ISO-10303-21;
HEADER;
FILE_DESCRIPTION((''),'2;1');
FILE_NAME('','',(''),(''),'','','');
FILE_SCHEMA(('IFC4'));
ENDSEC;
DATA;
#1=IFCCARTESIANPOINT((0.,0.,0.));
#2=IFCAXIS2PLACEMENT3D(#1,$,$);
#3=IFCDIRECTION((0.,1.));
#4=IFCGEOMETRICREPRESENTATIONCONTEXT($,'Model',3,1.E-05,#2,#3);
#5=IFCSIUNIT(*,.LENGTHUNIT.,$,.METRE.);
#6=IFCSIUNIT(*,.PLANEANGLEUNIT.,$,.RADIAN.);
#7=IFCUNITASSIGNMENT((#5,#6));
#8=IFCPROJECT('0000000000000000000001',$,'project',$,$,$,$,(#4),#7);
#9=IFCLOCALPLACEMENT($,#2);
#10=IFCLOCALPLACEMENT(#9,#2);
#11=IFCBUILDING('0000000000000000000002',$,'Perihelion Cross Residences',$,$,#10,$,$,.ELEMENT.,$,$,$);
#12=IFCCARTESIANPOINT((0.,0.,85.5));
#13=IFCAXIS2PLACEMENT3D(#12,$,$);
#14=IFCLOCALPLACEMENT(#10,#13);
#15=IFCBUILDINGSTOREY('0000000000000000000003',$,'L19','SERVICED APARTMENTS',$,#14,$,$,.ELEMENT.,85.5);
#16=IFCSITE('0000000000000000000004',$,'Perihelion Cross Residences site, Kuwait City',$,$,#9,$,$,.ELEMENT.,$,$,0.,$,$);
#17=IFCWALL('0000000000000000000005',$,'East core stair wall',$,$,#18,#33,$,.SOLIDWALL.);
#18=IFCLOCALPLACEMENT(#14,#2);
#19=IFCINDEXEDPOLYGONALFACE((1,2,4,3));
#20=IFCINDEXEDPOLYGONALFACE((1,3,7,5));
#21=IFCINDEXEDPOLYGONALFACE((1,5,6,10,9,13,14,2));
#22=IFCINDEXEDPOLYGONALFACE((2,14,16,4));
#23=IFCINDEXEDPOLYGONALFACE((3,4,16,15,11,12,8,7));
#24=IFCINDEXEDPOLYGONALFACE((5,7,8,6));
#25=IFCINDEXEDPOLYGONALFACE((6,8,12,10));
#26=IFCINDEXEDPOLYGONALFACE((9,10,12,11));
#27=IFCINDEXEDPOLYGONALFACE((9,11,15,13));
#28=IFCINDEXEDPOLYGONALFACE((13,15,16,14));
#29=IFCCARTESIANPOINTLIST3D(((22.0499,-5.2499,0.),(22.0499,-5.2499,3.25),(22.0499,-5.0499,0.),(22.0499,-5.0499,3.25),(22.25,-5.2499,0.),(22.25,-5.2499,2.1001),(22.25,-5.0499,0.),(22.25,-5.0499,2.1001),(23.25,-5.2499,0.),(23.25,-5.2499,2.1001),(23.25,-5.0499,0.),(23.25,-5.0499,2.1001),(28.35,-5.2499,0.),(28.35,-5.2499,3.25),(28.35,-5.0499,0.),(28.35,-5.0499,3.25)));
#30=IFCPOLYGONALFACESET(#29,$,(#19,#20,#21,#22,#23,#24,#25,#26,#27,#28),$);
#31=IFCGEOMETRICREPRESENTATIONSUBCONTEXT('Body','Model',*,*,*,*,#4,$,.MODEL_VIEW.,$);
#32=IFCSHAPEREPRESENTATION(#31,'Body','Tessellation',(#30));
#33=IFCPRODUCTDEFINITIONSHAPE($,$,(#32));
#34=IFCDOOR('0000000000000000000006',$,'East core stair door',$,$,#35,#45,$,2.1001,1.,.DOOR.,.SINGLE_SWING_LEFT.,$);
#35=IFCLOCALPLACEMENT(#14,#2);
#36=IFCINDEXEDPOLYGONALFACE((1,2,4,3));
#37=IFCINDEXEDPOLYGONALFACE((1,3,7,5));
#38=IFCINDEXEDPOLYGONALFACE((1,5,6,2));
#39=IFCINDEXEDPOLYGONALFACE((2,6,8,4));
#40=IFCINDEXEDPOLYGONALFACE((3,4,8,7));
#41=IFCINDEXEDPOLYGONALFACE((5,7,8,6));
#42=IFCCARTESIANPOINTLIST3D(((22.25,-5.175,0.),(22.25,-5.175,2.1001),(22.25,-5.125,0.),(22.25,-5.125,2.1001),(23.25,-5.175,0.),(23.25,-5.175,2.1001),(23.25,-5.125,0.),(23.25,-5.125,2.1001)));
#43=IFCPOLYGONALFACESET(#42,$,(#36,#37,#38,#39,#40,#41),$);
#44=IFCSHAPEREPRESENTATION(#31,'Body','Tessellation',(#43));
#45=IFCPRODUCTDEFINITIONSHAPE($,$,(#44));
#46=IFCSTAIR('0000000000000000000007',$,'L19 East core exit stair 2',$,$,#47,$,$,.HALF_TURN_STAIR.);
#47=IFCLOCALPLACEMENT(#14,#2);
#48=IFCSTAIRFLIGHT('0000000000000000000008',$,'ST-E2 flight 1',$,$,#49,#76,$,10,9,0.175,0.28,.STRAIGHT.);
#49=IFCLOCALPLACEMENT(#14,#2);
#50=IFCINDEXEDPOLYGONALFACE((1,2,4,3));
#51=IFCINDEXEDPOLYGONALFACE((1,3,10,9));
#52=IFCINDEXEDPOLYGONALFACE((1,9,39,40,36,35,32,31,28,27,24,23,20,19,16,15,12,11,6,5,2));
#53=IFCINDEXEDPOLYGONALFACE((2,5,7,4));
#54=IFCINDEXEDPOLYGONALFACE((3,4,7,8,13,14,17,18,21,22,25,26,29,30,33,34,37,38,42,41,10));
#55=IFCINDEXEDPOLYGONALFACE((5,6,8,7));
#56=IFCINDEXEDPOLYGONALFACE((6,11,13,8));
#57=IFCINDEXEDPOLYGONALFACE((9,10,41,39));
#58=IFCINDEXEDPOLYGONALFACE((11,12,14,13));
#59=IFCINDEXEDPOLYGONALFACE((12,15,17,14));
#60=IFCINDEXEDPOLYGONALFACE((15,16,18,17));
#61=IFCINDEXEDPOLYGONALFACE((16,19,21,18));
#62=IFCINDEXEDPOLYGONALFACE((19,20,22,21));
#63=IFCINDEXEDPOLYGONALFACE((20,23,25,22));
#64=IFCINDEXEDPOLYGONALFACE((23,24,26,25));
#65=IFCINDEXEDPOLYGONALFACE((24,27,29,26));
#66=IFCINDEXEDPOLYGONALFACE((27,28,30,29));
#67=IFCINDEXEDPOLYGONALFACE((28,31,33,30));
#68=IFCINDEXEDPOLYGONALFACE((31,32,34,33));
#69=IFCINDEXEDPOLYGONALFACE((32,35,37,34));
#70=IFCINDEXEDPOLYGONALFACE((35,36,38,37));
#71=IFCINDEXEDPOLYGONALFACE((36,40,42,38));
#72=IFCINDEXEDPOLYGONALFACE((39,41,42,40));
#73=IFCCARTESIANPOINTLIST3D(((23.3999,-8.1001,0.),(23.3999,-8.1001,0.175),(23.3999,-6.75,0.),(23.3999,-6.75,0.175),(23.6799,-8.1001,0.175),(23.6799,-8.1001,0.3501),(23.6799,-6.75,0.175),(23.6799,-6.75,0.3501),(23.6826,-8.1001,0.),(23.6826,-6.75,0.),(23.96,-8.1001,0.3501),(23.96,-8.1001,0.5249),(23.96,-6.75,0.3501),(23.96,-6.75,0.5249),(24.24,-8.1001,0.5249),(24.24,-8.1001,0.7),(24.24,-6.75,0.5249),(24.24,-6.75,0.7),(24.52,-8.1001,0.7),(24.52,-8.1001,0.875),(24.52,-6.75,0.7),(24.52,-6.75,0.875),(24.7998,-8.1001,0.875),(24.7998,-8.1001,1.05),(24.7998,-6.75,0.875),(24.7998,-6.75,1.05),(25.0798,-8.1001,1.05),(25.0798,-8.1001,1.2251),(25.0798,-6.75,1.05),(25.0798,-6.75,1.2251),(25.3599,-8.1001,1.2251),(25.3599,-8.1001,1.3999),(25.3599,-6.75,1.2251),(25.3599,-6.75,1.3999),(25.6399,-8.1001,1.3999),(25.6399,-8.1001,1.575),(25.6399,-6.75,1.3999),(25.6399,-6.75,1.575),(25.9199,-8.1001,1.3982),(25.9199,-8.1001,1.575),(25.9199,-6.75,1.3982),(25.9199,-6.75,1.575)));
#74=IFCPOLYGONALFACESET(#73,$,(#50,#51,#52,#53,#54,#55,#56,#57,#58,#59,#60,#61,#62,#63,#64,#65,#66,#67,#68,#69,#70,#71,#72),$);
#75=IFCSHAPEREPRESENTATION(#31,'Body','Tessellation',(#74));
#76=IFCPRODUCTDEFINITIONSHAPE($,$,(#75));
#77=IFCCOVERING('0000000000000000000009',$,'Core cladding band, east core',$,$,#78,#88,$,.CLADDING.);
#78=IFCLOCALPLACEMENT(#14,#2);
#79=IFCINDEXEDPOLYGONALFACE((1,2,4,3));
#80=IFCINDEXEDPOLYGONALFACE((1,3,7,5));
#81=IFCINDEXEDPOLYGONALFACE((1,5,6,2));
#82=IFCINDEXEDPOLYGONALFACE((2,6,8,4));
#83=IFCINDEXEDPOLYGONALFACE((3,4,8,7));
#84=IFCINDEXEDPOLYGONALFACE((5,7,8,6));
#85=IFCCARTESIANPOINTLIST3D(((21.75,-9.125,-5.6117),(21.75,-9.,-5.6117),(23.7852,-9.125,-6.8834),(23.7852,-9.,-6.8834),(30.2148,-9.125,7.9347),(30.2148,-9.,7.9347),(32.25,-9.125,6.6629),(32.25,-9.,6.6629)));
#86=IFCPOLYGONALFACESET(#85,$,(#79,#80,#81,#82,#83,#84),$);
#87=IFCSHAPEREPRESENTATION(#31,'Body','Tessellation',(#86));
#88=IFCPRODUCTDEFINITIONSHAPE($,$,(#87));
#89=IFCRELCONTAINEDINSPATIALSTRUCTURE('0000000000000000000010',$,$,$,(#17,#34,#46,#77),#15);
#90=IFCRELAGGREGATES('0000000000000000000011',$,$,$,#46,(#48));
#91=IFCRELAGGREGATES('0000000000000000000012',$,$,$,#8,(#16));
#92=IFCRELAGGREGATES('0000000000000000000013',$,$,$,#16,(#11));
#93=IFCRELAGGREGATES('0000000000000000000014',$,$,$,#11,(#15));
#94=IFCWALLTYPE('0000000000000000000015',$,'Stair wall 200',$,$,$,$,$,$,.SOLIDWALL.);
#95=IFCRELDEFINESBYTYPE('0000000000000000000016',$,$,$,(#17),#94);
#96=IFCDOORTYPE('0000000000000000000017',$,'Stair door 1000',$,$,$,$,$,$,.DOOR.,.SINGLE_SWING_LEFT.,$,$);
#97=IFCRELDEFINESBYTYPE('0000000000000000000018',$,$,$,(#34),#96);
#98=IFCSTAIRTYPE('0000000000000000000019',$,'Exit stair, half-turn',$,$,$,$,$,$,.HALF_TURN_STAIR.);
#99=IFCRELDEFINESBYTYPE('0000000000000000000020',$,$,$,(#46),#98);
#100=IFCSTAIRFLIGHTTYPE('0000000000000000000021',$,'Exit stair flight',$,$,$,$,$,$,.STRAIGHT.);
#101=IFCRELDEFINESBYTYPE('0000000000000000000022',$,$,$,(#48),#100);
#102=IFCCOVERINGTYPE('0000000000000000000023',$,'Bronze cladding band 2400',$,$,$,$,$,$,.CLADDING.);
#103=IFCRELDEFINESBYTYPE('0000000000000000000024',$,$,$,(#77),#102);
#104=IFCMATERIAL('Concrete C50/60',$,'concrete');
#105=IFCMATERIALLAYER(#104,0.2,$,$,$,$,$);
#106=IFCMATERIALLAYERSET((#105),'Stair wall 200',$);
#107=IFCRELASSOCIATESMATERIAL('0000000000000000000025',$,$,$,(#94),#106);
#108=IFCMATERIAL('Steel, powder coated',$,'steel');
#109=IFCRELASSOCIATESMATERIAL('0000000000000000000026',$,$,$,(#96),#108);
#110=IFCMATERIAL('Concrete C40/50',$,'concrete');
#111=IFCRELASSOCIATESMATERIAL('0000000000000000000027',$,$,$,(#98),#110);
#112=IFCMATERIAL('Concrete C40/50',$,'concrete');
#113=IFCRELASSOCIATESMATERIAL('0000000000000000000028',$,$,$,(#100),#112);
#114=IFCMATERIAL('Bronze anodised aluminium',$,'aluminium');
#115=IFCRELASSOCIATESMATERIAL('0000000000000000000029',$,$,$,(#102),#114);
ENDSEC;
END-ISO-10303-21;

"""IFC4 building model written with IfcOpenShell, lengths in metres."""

from ifc_helpers import new_model, si_unit, direction, frame, frame_2d, origin, origin_2d, place, context, subcontext, project, spatial, polyline, rectangle, outline, extrude, material, layer, layer_set, material_profile, profile_set, type_object, element, fill, aggregate, save


model = new_model("IFC4")

# Units and contexts
model_context = context("Model", 3, precision=1e-05, world=origin(), true_north=direction((0.0, 1.0)))
body_context = subcontext(model_context, "Body", "Model", "MODEL_VIEW")
ifc_project = project(units=[si_unit("LENGTHUNIT", "METRE"), si_unit("PLANEANGLEUNIT", "RADIAN")], contexts=[model_context])

# Site, building, storey
site_placement = place(None, origin())
site = spatial("IfcSite", under=ifc_project, at=site_placement, Name="Perihelion Cross Residences site, Kuwait City", CompositionType="ELEMENT", RefElevation=0.0)
building_placement = place(site_placement, origin())
building = spatial("IfcBuilding", under=site, at=building_placement, Name="Perihelion Cross Residences", CompositionType="ELEMENT")
storey_placement = place(building_placement, frame((0.0, 0.0, 85.5)))
storey = spatial("IfcBuildingStorey", under=building, at=storey_placement, Name="L19", Description="SERVICED APARTMENTS", CompositionType="ELEMENT", Elevation=85.5)

# Wall, opening, door
ifc_material_1 = material(Name="Concrete C50/60", Category="concrete")
ifc_layer_1 = layer(ifc_material_1, 0.2)
ifc_layer_set_1 = layer_set([ifc_layer_1], Name="Stair wall 200")
wall_type_1 = type_object("IfcWallType", Name="Stair wall 200", PredefinedType="SOLIDWALL", material=ifc_layer_set_1)
wall_1_placement = place(storey_placement, frame((22.05, -5.1499, 0.0), z_axis=(0.0, 0.0, 1.0), x_axis=(1.0, 0.0, 0.0)))
wall_1 = element("IfcWall", 1, at=wall_1_placement, inside=storey, type_object=wall_type_1, Name="East core stair wall", PredefinedType="SOLIDWALL", context=body_context, shape_type="SweptSolid", body=[
    extrude(rectangle(XDim=6.3, YDim=0.2, at=frame_2d((3.1499, 0.0))), origin(), (0.0, 0.0, 1.0), 3.25),
])
opening_1_placement = place(wall_1_placement, frame((0.2, 0.0, 0.0)))
opening_1 = element("IfcOpeningElement", 2, at=opening_1_placement, cuts=wall_1, PredefinedType="OPENING", context=body_context, shape_type="SweptSolid", body=[
    extrude(rectangle(XDim=1.0, YDim=2.1001, at=frame_2d((0.5, 1.05))), frame((0.0, 0.1099, 0.0), z_axis=(0.0, -1.0, 0.0), x_axis=(1.0, 0.0, 0.0)), (0.0, 0.0, 1.0), 0.22),
])
ifc_material_2 = material(Name="Steel, powder coated", Category="steel")
door_type_1 = type_object("IfcDoorType", Name="Stair door 1000", OperationType="SINGLE_SWING_LEFT", PredefinedType="DOOR", material=ifc_material_2)
door_1_placement = place(opening_1_placement, origin())
door_1 = element("IfcDoor", 3, at=door_1_placement, inside=storey, type_object=door_type_1, Name="East core stair door", OperationType="SINGLE_SWING_LEFT", OverallHeight=2.1001, OverallWidth=1.0, PredefinedType="DOOR", context=body_context, shape_type="SweptSolid", body=[
    extrude(rectangle(XDim=1.0, YDim=2.1001, at=frame_2d((0.5, 1.05))), frame((0.0, 0.0249, 0.0), z_axis=(0.0, -1.0, 0.0), x_axis=(1.0, 0.0, 0.0)), (0.0, 0.0, 1.0), 0.05),
])
fill(opening_1, door_1)

# Stair, stair flight
ifc_material_3 = material(Name="Concrete C40/50", Category="concrete")
stair_type = type_object("IfcStairType", Name="Exit stair, half-turn", PredefinedType="HALF_TURN_STAIR", material=ifc_material_3)
stair_placement = place(storey_placement, origin())
stair = element("IfcStair", 4, at=stair_placement, inside=storey, type_object=stair_type, Name="L19 East core exit stair 2", PredefinedType="HALF_TURN_STAIR")
ifc_material_4 = material(Name="Concrete C40/50", Category="concrete")
stair_flight_type = type_object("IfcStairFlightType", Name="Exit stair flight", PredefinedType="STRAIGHT", material=ifc_material_4)
stair_flight_placement = place(storey_placement, frame((23.3999, -7.425, 0.0), z_axis=(0.0, 0.0, 1.0), x_axis=(1.0, 0.0, 0.0)))
stair_flight = element("IfcStairFlight", 5, at=stair_flight_placement, type_object=stair_flight_type, Name="ST-E2 flight 1", NumberOfRisers=10, NumberOfTreads=9, PredefinedType="STRAIGHT", RiserHeight=0.175, TreadLength=0.28, context=body_context, shape_type="SweptSolid", body=[
    extrude(outline(polyline([(0.0, 0.0), (0.0, 0.175), (0.28, 0.175), (0.28, 0.3501), (0.5601, 0.3501), (0.5601, 0.5249), (0.8401, 0.5249), (0.8401, 0.7), (1.1201, 0.7), (1.1201, 0.875), (1.3999, 0.875), (1.3999, 1.05), (1.6799, 1.05), (1.6799, 1.2251), (1.96, 1.2251), (1.96, 1.3999), (2.24, 1.3999), (2.24, 1.575), (2.52, 1.575), (2.52, 1.75), (2.52, 1.3982), (0.2827, 0.0), (0.0, 0.0)])), frame((0.0, 0.675, 0.0), z_axis=(0.0, -1.0, 0.0), x_axis=(1.0, 0.0, 0.0)), (0.0, 0.0, 1.0), 1.3501),
])
aggregate(stair, [stair_flight])

# Covering
ifc_material_5 = material(Name="Bronze anodised aluminium", Category="aluminium")
ifc_material_profile_1 = material_profile(ifc_material_5, rectangle(XDim=0.125, YDim=2.3999, at=origin_2d()), Name="Bronze cladding band 2400")
ifc_profile_set_1 = profile_set([ifc_material_profile_1], Name="Bronze anodised aluminium")
covering_type = type_object("IfcCoveringType", Name="Bronze cladding band 2400", PredefinedType="CLADDING", material=ifc_profile_set_1)
covering_placement = place(storey_placement, frame((22.7676, -9.0625, -6.2476), z_axis=(0.529925, 0.0, 0.848045), x_axis=(0.0, 1.0, 0.0)))
element("IfcCovering", 6, at=covering_placement, inside=storey, type_object=covering_type, Name="Core cladding band, east core", PredefinedType="CLADDING", context=body_context, shape_type="SweptSolid", body=[
    extrude(rectangle(XDim=0.125, YDim=2.3999, at=origin_2d()), origin(), (0.0, 0.0, 1.0), 15.9736),
])

save(model, "model.ifc")
